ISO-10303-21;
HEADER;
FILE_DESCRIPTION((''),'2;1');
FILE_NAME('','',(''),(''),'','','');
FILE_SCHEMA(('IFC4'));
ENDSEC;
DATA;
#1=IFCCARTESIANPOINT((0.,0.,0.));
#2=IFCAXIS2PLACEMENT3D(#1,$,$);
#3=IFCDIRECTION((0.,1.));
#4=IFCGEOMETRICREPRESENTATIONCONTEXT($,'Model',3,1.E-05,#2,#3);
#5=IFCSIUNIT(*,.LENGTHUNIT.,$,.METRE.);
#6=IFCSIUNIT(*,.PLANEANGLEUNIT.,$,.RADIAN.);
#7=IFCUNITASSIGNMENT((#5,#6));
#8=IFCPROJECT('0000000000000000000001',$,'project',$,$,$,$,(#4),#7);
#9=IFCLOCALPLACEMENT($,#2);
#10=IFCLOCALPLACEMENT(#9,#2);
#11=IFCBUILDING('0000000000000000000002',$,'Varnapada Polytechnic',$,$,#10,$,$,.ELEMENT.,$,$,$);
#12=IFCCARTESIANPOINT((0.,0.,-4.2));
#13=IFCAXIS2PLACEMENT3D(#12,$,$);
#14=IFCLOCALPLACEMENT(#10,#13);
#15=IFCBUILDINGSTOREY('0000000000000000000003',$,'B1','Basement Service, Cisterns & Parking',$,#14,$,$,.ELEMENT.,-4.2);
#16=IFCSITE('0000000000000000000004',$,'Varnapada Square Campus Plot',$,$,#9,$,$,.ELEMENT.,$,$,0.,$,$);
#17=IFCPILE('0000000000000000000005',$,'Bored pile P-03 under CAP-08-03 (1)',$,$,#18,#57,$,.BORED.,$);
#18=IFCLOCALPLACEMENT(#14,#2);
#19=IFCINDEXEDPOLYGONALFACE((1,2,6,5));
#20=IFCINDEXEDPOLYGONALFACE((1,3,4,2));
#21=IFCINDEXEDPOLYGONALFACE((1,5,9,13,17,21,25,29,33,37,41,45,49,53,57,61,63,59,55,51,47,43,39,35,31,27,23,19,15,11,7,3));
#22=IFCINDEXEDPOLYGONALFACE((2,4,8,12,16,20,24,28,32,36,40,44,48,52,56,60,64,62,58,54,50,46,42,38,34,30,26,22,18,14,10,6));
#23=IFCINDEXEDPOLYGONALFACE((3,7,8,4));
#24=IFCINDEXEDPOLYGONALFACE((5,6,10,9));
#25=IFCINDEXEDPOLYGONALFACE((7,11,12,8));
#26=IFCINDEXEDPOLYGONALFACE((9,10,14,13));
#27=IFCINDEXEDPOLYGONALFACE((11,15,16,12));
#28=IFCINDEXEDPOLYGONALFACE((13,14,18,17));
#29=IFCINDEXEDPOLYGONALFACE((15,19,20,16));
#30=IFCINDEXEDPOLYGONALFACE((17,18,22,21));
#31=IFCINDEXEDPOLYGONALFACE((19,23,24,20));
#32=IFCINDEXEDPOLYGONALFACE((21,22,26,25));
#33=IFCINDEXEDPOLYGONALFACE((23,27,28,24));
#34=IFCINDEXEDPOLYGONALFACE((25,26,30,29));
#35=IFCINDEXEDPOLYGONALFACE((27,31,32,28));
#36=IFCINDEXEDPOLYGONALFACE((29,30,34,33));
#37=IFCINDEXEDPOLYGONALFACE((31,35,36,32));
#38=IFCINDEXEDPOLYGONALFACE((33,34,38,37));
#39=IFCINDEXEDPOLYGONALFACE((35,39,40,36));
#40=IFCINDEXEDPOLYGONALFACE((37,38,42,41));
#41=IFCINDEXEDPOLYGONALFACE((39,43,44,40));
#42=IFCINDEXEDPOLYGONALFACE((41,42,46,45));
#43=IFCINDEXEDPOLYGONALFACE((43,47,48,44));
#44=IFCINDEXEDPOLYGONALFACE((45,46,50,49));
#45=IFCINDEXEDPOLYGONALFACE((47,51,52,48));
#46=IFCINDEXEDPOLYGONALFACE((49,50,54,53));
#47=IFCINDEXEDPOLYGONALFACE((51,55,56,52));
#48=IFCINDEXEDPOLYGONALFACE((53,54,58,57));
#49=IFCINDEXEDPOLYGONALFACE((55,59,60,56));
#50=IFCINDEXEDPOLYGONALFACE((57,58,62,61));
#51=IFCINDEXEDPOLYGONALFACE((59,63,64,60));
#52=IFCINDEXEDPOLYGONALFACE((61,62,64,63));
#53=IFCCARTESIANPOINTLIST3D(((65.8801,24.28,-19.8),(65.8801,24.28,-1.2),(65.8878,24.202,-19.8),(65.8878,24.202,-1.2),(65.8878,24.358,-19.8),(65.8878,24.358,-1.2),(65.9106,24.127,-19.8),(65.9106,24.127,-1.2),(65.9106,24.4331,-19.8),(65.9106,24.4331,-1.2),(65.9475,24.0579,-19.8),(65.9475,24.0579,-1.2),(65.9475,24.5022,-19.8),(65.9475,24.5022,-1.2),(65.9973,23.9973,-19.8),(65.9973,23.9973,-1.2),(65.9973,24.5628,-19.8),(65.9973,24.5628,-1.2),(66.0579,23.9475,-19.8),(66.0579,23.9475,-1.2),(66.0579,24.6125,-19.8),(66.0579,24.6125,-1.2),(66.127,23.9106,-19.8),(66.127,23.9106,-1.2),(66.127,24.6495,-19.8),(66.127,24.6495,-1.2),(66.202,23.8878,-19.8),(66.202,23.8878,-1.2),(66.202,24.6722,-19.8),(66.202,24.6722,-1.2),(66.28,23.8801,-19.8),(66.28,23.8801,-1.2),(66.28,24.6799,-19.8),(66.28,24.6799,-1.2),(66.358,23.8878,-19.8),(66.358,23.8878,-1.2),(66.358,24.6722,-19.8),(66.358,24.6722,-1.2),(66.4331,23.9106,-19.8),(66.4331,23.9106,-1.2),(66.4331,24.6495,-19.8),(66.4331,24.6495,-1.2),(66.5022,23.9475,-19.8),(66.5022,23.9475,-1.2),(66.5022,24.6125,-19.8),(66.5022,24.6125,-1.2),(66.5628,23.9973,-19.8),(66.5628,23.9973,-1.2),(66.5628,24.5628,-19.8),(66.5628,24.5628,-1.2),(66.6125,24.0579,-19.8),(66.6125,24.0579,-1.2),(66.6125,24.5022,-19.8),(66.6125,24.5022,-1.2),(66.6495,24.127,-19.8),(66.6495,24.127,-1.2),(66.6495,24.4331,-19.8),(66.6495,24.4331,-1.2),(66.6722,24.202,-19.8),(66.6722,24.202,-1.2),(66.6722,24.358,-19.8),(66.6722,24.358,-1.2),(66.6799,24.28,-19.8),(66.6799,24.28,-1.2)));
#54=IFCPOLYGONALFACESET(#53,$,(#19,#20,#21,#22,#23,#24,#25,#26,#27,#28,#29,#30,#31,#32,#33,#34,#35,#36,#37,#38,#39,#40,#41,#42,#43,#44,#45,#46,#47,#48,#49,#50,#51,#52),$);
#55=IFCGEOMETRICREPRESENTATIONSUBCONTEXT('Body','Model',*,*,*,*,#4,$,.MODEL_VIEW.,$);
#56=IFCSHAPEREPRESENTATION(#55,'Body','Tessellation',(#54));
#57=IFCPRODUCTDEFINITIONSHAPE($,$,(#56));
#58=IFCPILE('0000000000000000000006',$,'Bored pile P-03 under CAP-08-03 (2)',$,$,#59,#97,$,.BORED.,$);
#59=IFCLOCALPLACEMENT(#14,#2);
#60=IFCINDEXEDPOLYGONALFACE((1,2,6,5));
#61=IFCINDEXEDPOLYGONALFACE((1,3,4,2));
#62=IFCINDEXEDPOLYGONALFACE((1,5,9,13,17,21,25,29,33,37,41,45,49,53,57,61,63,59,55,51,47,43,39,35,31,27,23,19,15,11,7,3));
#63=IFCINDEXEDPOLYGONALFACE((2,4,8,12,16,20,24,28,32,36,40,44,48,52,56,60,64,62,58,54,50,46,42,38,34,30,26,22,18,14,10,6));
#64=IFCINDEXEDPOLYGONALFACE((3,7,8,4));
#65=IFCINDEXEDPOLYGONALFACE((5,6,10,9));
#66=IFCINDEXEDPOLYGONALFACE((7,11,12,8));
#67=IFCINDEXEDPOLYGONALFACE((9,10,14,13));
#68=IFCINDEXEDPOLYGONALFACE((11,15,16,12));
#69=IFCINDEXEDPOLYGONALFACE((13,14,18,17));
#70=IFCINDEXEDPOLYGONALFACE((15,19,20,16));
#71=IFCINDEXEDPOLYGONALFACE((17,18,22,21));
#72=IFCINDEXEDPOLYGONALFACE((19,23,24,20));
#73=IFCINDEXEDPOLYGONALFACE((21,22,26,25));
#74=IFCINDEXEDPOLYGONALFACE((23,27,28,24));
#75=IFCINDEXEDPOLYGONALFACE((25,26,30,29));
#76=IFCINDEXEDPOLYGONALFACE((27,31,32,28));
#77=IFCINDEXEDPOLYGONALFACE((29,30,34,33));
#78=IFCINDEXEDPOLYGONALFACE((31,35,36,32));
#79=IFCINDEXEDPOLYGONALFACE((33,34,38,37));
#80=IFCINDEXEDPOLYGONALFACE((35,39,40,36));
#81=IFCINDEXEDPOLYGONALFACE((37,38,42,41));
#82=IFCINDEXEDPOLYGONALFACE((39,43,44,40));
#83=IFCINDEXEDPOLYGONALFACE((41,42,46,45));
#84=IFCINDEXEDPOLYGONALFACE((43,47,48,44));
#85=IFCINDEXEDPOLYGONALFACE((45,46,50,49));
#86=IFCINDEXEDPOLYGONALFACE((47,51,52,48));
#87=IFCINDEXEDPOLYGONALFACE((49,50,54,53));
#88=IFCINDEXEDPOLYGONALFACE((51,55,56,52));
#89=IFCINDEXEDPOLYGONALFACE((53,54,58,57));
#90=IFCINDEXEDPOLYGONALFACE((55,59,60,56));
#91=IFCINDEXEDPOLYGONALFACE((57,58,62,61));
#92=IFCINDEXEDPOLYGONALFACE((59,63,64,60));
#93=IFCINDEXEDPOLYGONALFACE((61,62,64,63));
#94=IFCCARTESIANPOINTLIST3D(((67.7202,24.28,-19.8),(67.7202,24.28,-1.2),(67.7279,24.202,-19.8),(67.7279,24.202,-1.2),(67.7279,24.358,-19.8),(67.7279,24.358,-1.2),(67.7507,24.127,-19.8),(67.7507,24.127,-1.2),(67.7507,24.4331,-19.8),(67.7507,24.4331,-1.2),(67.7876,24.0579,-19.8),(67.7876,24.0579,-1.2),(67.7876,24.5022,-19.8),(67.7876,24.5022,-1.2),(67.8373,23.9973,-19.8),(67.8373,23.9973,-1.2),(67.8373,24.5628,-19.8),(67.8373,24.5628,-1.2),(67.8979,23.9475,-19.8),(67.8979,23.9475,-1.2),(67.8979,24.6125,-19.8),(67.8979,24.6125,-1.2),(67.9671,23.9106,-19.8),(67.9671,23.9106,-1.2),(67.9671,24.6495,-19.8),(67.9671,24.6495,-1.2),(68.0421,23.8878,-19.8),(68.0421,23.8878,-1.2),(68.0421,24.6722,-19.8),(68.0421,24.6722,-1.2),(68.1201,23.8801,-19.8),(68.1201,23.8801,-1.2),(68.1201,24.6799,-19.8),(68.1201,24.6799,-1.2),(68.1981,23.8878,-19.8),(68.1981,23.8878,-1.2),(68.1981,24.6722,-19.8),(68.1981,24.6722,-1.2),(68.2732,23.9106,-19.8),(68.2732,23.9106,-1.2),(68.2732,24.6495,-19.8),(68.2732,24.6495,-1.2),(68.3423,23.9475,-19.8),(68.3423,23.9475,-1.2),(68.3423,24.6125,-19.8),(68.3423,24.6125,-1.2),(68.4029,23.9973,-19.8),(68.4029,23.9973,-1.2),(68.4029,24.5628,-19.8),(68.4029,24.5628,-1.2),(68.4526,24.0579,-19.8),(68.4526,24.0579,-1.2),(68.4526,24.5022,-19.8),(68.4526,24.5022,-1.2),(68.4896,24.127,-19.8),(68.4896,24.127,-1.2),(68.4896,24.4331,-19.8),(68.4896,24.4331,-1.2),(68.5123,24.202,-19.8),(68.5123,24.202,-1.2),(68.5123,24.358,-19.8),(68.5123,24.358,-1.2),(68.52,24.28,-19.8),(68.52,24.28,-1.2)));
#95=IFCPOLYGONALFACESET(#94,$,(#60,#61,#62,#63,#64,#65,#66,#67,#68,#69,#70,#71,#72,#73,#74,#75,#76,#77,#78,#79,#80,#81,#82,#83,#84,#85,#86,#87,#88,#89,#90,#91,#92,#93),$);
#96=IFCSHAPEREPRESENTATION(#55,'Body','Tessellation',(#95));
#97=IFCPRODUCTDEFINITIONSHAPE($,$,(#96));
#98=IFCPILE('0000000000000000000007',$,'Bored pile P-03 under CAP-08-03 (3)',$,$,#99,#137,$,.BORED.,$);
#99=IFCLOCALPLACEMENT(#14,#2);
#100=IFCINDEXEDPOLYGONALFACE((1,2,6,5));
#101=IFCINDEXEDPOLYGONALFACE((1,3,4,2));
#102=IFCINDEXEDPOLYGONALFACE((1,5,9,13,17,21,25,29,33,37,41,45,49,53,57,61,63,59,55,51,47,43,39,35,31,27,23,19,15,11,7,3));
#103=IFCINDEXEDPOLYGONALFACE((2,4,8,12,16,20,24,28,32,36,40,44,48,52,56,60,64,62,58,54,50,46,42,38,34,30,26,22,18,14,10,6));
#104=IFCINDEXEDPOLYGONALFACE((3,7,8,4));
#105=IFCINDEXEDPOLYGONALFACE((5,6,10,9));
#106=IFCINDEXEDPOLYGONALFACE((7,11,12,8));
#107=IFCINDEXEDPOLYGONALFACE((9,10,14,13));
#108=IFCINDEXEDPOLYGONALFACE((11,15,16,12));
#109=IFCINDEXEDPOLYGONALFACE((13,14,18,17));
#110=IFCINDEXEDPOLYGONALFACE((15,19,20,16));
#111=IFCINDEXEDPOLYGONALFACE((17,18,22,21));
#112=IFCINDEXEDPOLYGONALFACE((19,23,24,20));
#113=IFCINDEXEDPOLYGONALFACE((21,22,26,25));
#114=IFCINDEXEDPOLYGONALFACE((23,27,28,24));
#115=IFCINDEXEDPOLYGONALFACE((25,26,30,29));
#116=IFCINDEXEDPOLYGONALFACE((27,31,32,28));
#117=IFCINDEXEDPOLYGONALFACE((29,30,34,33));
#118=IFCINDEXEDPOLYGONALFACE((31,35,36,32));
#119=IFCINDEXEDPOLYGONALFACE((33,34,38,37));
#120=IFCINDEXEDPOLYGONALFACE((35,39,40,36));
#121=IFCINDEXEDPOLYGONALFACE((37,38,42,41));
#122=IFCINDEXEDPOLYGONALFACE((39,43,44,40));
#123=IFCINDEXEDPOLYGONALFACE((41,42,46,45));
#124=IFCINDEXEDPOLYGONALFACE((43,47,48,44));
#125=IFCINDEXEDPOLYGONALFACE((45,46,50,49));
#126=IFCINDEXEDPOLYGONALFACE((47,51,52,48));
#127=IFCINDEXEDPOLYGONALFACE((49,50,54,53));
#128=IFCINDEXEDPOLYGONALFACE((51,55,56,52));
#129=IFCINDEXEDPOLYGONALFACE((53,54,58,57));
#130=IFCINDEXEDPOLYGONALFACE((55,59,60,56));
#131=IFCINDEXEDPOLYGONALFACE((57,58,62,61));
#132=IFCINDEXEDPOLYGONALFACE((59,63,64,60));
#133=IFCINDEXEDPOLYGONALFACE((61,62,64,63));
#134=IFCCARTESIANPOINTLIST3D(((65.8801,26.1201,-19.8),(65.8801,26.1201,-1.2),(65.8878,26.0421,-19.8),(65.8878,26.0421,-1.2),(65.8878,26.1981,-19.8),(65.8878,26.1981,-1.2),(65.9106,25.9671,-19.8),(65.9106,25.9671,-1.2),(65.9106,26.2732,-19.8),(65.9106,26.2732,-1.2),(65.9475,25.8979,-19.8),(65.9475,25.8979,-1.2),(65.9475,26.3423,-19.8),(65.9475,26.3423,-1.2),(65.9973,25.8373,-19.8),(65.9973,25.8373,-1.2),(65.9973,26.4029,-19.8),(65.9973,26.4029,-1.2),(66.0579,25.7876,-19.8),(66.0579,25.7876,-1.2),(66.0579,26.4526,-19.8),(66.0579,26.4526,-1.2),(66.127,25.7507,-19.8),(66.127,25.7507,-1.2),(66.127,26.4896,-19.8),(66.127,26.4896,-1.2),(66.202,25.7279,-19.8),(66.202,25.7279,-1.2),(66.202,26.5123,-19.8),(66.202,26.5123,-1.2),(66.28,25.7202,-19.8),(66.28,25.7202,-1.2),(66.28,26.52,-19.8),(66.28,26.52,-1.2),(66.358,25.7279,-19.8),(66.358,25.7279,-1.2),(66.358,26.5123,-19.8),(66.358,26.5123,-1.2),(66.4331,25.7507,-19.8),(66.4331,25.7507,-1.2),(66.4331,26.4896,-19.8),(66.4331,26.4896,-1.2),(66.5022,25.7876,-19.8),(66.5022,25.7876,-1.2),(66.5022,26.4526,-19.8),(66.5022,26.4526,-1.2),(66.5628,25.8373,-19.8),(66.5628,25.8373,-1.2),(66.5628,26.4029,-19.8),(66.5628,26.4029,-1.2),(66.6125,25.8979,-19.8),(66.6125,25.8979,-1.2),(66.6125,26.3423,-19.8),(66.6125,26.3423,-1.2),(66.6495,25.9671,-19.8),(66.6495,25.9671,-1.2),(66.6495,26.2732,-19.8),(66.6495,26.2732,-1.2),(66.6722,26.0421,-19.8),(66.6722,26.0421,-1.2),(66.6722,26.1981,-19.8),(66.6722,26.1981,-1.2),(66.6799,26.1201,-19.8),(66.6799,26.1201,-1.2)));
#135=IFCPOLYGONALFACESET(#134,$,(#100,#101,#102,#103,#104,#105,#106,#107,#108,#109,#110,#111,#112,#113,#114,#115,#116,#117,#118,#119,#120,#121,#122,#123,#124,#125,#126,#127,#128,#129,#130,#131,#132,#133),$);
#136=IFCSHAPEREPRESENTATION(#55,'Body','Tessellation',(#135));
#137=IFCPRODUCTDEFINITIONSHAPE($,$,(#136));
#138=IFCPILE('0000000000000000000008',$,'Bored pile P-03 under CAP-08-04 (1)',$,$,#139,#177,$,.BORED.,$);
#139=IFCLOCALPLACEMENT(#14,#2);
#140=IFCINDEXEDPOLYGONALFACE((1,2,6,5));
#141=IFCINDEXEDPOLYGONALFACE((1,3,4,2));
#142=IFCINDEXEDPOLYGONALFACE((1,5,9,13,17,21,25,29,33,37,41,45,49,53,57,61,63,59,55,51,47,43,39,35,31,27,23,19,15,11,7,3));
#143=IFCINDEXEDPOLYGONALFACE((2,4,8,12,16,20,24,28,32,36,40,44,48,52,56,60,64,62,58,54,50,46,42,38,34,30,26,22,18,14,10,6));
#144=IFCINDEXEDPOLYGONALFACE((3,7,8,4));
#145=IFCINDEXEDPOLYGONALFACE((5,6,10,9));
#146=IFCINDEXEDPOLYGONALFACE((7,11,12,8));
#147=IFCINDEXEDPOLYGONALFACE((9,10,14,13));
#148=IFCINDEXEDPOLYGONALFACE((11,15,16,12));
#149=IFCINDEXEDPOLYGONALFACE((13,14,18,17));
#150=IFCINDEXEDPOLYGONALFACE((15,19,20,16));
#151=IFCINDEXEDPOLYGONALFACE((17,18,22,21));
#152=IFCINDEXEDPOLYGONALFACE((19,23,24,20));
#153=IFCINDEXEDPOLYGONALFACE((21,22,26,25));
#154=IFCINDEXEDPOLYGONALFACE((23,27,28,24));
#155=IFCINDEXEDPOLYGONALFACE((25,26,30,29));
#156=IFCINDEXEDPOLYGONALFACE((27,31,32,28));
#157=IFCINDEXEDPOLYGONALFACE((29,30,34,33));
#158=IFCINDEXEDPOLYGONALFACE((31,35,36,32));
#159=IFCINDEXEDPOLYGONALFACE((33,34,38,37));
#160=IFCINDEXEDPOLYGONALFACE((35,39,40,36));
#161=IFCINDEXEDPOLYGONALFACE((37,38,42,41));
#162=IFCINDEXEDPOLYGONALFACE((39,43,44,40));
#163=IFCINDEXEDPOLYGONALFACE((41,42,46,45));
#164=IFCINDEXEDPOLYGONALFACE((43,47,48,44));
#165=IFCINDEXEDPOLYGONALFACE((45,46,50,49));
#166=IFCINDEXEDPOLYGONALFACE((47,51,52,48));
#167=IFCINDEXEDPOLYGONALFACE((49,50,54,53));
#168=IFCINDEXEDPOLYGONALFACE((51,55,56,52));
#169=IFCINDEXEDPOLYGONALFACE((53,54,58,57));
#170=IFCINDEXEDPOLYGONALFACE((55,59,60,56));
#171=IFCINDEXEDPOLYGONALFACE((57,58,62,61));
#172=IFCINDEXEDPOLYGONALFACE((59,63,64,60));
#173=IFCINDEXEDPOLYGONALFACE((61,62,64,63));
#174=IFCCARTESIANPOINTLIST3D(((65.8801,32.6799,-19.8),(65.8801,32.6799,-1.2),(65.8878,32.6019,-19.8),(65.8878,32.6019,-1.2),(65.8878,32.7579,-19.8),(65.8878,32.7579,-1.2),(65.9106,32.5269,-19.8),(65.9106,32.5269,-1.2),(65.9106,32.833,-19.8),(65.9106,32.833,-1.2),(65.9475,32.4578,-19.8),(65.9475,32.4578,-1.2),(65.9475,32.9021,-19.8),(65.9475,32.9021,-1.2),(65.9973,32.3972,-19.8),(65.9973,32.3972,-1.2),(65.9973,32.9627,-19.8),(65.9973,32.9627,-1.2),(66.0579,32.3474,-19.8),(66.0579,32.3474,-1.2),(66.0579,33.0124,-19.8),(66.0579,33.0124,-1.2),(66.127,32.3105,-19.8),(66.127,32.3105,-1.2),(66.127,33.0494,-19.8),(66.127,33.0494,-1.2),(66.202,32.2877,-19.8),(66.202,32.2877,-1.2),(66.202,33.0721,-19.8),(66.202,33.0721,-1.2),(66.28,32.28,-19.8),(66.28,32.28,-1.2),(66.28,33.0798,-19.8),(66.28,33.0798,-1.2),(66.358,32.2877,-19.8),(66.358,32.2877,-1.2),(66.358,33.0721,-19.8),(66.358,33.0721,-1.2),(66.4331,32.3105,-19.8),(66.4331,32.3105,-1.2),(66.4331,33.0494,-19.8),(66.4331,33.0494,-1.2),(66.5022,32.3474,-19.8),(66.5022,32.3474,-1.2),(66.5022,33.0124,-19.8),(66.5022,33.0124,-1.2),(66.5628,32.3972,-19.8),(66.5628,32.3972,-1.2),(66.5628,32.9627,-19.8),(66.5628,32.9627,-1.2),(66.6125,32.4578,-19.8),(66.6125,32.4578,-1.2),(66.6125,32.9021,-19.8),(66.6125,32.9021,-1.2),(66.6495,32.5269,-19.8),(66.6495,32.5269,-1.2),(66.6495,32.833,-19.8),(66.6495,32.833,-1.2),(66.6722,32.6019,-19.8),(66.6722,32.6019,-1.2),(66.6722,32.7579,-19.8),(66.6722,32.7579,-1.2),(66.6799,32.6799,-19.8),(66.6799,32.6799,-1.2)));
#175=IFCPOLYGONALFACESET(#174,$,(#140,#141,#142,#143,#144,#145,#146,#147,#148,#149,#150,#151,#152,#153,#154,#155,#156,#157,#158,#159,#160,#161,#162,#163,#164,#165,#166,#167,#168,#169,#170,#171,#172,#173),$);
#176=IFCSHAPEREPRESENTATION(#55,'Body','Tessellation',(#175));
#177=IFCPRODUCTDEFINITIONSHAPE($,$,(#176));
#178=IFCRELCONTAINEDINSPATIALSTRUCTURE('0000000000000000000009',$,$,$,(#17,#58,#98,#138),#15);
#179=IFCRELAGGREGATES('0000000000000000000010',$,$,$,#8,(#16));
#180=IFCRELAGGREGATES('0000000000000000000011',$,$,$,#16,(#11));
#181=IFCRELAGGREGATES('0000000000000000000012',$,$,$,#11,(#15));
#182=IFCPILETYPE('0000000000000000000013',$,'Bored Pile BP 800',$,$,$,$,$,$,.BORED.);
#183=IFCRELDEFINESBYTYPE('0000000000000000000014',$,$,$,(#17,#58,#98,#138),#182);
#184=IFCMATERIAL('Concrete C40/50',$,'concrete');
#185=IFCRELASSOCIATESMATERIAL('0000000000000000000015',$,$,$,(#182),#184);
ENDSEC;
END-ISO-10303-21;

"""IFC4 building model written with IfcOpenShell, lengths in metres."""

from ifc_helpers import new_model, si_unit, direction, frame, origin, origin_2d, place, context, subcontext, project, spatial, circle, extrude, material, material_profile, profile_set, type_object, element, save


model = new_model("IFC4")

# Units and contexts
model_context = context("Model", 3, precision=1e-05, world=origin(), true_north=direction((0.0, 1.0)))
body_context = subcontext(model_context, "Body", "Model", "MODEL_VIEW")
ifc_project = project(units=[si_unit("LENGTHUNIT", "METRE"), si_unit("PLANEANGLEUNIT", "RADIAN")], contexts=[model_context])

# Site, building, storey
site_placement = place(None, origin())
site = spatial("IfcSite", under=ifc_project, at=site_placement, Name="Varnapada Square Campus Plot", CompositionType="ELEMENT", RefElevation=0.0)
building_placement = place(site_placement, origin())
building = spatial("IfcBuilding", under=site, at=building_placement, Name="Varnapada Polytechnic", CompositionType="ELEMENT")
storey_placement = place(building_placement, frame((0.0, 0.0, -4.2)))
storey = spatial("IfcBuildingStorey", under=building, at=storey_placement, Name="B1", Description="Basement Service, Cisterns & Parking", CompositionType="ELEMENT", Elevation=-4.2)

# Piles
ifc_material_1 = material(Name="Concrete C40/50", Category="concrete")
ifc_material_profile_1 = material_profile(ifc_material_1, circle(Radius=0.3999, at=origin_2d()), Name="BP 800")
ifc_profile_set_1 = profile_set([ifc_material_profile_1], Name="Concrete C40/50")
pile_type_1 = type_object("IfcPileType", Name="Bored Pile BP 800", PredefinedType="BORED", material=ifc_profile_set_1)
for number, where, z_axis, x_axis, name in (
    (1, (66.28, 24.28, -1.2), (0.0, 0.0, -1.0), (1.0, 0.0, 0.0), "Bored pile P-03 under CAP-08-03 (1)"),
    (2, (68.1201, 24.28, -1.2), (0.0, 0.0, -1.0), (1.0, 0.0, 0.0), "Bored pile P-03 under CAP-08-03 (2)"),
    (3, (66.28, 26.1201, -1.2), (0.0, 0.0, -1.0), (1.0, 0.0, 0.0), "Bored pile P-03 under CAP-08-03 (3)"),
    (4, (66.28, 32.6799, -1.2), (0.0, 0.0, -1.0), (1.0, 0.0, 0.0), "Bored pile P-03 under CAP-08-04 (1)"),
):
    element("IfcPile", number, at=place(storey_placement, frame(where, z_axis=z_axis, x_axis=x_axis)), inside=storey, type_object=pile_type_1, Name=name, PredefinedType="BORED", context=body_context, shape_type="SweptSolid", body=[
        extrude(circle(Radius=0.3999, at=origin_2d()), origin(), (0.0, 0.0, 1.0), 18.6001),
    ])

save(model, "model.ifc")
